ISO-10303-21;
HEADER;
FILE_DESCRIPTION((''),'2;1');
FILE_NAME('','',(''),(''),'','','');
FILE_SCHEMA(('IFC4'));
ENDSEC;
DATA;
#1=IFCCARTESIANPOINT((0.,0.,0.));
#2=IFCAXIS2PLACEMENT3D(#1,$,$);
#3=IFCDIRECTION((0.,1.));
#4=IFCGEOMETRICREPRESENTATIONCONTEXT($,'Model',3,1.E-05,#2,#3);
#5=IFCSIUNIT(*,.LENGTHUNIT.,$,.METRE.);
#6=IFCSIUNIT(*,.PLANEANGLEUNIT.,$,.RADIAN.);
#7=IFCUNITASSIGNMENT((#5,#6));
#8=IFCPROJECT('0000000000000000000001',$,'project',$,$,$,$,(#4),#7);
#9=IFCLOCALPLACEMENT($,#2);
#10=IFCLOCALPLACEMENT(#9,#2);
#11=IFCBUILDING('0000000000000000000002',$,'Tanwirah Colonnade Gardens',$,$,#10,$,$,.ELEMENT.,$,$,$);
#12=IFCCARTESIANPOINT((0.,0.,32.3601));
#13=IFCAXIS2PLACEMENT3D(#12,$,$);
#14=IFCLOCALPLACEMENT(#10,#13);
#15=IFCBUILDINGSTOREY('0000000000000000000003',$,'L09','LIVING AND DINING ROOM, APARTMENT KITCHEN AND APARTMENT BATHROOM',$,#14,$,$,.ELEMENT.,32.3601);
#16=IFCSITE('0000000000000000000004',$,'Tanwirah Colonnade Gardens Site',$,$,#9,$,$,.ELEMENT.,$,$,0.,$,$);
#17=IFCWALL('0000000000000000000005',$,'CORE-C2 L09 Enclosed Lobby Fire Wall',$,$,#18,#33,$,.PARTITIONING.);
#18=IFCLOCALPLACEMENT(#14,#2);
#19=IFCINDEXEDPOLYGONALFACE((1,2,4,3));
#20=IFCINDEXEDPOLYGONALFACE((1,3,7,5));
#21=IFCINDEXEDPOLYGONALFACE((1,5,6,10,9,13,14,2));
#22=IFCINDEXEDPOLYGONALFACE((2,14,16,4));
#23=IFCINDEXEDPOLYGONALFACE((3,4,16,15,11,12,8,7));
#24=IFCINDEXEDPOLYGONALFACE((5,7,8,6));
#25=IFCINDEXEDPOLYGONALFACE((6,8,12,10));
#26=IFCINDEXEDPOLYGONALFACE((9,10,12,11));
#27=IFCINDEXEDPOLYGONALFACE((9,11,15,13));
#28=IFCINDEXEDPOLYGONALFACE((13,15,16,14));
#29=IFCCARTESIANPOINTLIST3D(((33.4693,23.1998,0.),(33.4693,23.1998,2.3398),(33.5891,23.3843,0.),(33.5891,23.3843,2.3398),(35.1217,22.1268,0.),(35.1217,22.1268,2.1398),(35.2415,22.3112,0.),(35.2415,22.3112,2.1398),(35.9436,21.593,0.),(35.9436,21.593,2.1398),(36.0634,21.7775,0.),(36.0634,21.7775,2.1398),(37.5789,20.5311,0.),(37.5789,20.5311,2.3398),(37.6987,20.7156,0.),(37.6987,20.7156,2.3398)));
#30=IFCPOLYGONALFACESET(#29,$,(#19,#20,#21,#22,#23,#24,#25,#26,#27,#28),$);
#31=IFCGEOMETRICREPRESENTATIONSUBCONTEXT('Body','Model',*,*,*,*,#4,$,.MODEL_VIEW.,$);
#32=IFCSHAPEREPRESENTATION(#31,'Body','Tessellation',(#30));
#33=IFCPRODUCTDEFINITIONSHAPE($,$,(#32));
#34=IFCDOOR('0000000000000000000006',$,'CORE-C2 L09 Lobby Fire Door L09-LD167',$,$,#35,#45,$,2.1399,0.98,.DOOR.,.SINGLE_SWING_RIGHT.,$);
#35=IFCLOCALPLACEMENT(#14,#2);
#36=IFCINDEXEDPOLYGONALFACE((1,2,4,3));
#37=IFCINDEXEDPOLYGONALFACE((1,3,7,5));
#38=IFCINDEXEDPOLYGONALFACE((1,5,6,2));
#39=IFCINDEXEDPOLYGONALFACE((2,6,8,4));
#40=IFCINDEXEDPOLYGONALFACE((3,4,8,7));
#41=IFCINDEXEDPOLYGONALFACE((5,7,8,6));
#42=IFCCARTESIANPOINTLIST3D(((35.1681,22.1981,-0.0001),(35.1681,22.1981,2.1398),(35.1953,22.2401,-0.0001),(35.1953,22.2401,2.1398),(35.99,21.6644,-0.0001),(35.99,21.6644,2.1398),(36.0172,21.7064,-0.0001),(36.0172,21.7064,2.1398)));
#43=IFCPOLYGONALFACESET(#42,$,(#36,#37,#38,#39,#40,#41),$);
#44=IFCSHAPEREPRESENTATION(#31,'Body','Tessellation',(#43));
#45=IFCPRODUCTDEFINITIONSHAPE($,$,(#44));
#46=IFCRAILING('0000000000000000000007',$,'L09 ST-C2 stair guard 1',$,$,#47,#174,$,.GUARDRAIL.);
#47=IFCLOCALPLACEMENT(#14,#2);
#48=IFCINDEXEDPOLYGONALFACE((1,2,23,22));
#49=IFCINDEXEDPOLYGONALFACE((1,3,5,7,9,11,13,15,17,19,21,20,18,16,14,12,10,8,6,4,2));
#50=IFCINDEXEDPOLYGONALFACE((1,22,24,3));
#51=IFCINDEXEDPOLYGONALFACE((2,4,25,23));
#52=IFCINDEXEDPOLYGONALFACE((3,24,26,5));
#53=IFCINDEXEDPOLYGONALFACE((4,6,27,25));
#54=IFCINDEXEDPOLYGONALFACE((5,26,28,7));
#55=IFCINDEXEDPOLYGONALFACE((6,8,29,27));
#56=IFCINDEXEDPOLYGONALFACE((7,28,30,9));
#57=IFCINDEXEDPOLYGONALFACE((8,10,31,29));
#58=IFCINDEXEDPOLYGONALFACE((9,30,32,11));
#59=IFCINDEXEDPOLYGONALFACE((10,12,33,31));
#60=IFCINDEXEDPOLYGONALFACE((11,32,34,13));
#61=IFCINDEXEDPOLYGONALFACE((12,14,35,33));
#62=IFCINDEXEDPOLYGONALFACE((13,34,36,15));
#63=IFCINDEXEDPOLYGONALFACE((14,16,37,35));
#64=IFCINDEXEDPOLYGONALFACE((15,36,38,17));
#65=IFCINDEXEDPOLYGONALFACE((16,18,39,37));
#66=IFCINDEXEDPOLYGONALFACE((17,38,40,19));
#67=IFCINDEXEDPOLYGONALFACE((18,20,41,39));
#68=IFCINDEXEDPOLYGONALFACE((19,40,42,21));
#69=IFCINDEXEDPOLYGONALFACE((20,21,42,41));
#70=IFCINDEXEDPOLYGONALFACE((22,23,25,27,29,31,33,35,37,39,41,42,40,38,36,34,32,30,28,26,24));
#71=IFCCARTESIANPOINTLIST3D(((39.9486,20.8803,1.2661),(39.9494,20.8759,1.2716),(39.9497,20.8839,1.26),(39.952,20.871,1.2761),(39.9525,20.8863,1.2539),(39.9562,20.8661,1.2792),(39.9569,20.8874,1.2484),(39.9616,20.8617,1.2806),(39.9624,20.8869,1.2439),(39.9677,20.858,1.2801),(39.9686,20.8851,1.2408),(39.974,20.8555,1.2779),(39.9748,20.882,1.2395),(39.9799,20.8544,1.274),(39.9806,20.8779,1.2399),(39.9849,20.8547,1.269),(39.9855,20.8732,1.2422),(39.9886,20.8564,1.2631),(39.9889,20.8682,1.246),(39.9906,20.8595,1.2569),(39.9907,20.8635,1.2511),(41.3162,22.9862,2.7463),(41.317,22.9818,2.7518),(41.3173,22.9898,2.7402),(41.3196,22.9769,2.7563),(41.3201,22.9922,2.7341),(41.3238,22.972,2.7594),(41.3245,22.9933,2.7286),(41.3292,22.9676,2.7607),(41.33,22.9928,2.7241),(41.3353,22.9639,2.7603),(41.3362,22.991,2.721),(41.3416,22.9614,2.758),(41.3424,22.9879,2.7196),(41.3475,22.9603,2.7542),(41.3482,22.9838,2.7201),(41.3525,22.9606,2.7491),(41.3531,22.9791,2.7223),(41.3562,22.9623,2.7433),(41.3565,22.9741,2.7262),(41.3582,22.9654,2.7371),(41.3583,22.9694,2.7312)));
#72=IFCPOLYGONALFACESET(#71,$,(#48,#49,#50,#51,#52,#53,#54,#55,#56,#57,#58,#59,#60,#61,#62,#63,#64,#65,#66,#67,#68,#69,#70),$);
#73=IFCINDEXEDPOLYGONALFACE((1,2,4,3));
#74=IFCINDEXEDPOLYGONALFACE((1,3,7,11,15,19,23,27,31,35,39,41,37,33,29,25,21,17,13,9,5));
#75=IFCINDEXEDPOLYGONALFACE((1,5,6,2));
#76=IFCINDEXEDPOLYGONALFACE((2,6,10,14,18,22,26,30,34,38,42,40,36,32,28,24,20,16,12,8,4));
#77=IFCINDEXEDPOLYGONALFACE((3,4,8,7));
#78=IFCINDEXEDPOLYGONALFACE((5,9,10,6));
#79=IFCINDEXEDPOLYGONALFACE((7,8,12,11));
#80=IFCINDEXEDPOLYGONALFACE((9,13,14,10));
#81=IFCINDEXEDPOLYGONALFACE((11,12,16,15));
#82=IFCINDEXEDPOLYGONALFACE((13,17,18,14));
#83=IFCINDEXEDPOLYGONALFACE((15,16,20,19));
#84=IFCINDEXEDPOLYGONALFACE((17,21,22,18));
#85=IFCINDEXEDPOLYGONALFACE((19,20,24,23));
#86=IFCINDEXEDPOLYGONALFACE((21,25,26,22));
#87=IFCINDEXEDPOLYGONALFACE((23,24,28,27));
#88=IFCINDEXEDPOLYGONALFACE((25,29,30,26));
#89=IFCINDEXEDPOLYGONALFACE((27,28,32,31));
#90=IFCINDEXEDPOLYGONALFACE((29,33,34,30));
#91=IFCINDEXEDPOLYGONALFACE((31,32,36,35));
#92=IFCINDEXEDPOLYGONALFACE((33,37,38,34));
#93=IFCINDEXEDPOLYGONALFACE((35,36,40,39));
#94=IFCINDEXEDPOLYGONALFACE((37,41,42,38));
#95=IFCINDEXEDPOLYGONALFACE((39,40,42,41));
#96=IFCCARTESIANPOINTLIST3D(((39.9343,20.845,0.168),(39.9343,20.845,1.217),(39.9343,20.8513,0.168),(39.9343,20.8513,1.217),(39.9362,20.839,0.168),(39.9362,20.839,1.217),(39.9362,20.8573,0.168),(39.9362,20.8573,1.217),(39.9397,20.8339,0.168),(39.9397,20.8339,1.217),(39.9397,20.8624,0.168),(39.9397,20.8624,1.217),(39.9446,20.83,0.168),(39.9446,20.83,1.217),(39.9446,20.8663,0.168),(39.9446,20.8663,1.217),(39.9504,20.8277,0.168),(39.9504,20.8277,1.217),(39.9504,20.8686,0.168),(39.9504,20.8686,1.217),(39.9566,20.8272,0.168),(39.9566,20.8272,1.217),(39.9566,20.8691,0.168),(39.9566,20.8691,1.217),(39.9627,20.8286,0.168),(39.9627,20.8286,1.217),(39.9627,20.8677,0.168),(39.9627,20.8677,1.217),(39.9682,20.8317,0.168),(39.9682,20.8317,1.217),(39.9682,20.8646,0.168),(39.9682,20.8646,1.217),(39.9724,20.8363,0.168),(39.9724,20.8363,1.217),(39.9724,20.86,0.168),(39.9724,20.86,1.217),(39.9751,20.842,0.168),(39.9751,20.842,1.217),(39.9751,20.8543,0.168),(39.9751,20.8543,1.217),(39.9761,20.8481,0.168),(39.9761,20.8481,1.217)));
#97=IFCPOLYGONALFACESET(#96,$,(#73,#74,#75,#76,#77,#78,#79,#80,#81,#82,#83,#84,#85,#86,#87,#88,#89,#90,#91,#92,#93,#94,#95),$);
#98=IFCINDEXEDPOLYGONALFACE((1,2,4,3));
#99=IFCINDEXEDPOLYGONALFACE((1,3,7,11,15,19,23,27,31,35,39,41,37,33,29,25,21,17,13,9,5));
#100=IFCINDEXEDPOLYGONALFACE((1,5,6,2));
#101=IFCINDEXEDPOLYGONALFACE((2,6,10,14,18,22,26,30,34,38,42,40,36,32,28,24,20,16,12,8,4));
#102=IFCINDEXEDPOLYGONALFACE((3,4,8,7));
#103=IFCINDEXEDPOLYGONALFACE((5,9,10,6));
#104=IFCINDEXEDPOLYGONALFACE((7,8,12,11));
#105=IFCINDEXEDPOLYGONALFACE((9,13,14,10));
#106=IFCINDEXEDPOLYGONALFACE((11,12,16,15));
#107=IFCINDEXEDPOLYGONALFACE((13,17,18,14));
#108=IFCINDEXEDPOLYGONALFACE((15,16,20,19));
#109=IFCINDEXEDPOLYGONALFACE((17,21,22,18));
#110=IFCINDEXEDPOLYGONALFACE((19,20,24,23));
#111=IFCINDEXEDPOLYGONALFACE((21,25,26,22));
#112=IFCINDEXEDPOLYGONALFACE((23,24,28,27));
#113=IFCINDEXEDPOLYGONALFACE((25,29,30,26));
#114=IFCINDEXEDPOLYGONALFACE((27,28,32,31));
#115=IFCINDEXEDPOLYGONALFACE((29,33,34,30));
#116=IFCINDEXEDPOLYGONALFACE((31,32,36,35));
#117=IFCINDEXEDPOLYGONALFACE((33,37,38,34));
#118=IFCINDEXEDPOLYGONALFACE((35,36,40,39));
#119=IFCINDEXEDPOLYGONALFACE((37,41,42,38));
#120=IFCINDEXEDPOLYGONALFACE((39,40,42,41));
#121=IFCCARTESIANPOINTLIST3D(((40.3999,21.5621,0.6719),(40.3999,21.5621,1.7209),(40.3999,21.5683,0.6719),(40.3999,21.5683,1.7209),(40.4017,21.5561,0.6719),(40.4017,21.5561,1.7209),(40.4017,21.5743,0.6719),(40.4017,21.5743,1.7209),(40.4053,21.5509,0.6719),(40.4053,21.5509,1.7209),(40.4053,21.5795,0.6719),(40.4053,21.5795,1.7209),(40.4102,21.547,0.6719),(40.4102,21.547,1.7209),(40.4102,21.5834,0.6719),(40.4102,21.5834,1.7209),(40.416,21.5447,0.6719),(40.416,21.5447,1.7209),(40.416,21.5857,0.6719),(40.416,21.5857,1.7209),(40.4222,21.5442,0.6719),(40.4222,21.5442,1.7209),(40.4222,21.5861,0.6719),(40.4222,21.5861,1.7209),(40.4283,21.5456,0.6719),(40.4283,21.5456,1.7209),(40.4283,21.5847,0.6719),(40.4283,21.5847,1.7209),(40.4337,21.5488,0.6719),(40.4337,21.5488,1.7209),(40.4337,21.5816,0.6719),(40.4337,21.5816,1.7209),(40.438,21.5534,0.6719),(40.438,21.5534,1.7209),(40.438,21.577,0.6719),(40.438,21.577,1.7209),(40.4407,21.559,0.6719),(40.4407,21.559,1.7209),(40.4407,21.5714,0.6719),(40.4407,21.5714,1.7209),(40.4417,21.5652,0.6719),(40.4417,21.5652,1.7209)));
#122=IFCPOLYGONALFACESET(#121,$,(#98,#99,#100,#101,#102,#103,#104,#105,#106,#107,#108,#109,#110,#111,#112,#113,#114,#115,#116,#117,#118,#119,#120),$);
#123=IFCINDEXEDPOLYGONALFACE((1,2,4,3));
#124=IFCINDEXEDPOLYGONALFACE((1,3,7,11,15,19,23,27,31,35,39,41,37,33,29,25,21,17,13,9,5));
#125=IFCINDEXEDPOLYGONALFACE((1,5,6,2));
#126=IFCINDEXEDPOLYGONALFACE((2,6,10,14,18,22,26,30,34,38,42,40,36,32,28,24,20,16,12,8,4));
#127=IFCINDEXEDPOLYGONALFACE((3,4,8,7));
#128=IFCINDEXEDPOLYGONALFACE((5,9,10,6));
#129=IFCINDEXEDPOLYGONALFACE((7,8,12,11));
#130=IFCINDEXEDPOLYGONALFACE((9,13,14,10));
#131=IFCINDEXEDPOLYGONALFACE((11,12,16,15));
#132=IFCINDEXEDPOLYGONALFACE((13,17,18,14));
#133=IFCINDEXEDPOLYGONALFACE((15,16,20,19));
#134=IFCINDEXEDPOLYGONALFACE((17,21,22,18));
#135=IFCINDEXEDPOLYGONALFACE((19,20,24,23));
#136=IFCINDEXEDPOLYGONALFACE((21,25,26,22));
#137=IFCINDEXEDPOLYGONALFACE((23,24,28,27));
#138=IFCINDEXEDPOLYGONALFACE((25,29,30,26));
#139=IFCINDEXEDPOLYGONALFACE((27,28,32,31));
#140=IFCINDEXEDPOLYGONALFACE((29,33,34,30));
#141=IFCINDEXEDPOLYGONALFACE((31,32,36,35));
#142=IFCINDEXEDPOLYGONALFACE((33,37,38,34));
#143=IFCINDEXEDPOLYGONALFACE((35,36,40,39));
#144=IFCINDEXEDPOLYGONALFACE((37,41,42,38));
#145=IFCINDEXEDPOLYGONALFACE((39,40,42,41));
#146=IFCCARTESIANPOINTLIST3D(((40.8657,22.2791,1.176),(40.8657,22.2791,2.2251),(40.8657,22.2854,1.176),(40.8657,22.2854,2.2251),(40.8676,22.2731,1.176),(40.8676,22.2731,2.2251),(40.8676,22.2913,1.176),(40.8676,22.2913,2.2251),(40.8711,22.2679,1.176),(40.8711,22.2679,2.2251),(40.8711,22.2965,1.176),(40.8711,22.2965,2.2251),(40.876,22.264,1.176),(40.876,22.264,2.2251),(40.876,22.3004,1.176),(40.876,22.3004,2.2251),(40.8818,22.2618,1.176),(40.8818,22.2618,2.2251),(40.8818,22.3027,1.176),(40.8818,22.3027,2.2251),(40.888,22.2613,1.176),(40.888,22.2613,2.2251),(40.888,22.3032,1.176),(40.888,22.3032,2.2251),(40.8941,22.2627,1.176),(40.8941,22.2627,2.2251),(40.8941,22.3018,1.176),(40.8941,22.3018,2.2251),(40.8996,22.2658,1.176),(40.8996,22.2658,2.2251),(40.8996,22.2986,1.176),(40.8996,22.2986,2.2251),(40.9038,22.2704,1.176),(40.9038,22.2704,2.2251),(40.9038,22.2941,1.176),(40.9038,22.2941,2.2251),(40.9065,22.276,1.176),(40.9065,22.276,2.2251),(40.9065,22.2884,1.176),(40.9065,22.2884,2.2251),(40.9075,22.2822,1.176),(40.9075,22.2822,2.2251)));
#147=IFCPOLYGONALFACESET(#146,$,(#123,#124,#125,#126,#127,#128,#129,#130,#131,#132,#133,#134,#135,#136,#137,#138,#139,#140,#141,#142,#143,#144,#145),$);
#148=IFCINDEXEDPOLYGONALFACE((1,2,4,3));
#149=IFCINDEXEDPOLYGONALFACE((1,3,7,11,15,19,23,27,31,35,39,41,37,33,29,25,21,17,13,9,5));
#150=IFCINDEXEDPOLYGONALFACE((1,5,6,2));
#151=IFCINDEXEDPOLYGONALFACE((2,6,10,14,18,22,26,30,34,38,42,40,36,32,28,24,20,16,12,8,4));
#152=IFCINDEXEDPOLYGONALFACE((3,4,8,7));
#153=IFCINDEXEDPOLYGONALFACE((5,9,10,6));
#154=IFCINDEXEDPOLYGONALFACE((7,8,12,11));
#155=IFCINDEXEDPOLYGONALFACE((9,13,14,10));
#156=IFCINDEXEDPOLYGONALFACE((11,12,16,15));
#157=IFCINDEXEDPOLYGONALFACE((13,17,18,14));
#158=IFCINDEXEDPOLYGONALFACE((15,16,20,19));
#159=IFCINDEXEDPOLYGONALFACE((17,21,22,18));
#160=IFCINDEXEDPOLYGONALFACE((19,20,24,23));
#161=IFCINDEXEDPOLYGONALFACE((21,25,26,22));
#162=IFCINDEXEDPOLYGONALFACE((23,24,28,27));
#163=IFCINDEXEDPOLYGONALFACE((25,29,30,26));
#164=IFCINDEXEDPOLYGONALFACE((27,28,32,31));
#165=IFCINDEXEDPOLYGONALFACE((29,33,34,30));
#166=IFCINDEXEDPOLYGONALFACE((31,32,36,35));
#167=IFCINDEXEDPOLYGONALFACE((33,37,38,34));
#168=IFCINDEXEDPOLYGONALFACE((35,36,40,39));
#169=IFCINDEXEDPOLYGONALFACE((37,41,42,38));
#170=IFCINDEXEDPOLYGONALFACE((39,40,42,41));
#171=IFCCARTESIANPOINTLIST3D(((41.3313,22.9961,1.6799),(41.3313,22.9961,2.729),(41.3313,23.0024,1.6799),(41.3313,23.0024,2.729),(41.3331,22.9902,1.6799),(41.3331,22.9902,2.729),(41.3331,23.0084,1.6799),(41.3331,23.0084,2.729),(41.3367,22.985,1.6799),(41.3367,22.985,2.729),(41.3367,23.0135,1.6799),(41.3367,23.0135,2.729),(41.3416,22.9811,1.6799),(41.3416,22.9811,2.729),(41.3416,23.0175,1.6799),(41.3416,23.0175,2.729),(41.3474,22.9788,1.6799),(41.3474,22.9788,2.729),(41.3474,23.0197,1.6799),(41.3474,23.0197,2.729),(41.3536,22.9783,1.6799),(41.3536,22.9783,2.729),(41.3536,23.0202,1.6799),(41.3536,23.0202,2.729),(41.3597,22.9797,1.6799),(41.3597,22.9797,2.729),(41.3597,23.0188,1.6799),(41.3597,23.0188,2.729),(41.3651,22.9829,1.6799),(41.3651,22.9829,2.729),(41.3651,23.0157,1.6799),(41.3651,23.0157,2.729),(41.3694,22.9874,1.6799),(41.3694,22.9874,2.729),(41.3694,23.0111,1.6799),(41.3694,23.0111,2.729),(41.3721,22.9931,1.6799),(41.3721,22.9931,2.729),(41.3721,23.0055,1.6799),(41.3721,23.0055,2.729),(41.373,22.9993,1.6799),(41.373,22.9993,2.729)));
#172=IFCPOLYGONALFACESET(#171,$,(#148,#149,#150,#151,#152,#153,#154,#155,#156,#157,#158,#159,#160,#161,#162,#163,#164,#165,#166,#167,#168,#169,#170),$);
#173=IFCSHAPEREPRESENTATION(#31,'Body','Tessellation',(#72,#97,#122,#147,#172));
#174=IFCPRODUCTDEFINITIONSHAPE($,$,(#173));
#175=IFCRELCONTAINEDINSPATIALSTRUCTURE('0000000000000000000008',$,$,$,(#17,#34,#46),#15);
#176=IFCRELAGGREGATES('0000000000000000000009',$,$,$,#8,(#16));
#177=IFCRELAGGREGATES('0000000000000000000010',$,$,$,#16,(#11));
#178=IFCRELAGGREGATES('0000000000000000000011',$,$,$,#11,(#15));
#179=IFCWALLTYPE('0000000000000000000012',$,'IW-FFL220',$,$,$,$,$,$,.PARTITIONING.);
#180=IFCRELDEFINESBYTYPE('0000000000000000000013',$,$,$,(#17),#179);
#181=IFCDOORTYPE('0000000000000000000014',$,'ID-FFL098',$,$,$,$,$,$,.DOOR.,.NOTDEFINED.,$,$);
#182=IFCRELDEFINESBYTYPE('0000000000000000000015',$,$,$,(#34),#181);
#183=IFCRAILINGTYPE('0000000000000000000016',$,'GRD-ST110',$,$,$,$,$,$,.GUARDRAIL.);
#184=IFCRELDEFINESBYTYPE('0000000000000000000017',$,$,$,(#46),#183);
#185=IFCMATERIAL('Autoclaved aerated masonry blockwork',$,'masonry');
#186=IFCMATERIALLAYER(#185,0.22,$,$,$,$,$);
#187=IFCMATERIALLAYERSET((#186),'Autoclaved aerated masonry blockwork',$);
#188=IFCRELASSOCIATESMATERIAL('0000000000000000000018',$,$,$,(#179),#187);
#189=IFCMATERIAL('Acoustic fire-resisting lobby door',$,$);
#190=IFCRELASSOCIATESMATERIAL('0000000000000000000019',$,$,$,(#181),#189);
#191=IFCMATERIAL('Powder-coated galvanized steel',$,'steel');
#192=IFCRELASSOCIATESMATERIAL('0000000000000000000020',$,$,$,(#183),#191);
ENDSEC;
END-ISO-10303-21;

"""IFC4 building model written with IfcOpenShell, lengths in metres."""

from ifc_helpers import new_model, si_unit, direction, frame, frame_2d, origin, origin_2d, place, context, subcontext, project, spatial, rectangle, circle, extrude, material, layer, layer_set, type_object, element, fill, save


model = new_model("IFC4")

# Units and contexts
model_context = context("Model", 3, precision=1e-05, world=origin(), true_north=direction((0.0, 1.0)))
body_context = subcontext(model_context, "Body", "Model", "MODEL_VIEW")
ifc_project = project(units=[si_unit("LENGTHUNIT", "METRE"), si_unit("PLANEANGLEUNIT", "RADIAN")], contexts=[model_context])

# Site, building, storey
site_placement = place(None, origin())
site = spatial("IfcSite", under=ifc_project, at=site_placement, Name="Tanwirah Colonnade Gardens Site", CompositionType="ELEMENT", RefElevation=0.0)
building_placement = place(site_placement, origin())
building = spatial("IfcBuilding", under=site, at=building_placement, Name="Tanwirah Colonnade Gardens", CompositionType="ELEMENT")
storey_placement = place(building_placement, frame((0.0, 0.0, 32.3601)))
storey = spatial("IfcBuildingStorey", under=building, at=storey_placement, Name="L09", Description="LIVING AND DINING ROOM, APARTMENT KITCHEN AND APARTMENT BATHROOM", CompositionType="ELEMENT", Elevation=32.3601)

# Wall, opening, door
ifc_material_1 = material(Name="Autoclaved aerated masonry blockwork", Category="masonry")
ifc_layer_1 = layer(ifc_material_1, 0.22)
ifc_layer_set_1 = layer_set([ifc_layer_1], Name="Autoclaved aerated masonry blockwork")
wall_type_1 = type_object("IfcWallType", Name="IW-FFL220", PredefinedType="PARTITIONING", material=ifc_layer_set_1)
wall_1_placement = place(storey_placement, frame((37.6389, 20.6233, 0.0), z_axis=(0.0, 0.0, 1.0), x_axis=(-0.838681, 0.544622, 0.0)))
wall_1 = element("IfcWall", 1, at=wall_1_placement, inside=storey, type_object=wall_type_1, Name="CORE-C2 L09 Enclosed Lobby Fire Wall", PredefinedType="PARTITIONING", context=body_context, shape_type="SweptSolid", body=[
    extrude(rectangle(XDim=4.9001, YDim=0.22, at=frame_2d((2.4502, 0.0))), origin(), (0.0, 0.0, 1.0), 2.3398),
])
opening_1_placement = place(wall_1_placement, frame((1.95, 0.0, 0.0)))
opening_1 = element("IfcOpeningElement", 2, at=opening_1_placement, cuts=wall_1, PredefinedType="OPENING", context=body_context, shape_type="SweptSolid", body=[
    extrude(rectangle(XDim=0.98, YDim=2.1399, at=frame_2d((0.49, 1.0698))), frame((0.0, 0.1199, 0.0), z_axis=(0.0, -1.0, 0.0), x_axis=(1.0, 0.0, 0.0)), (0.0, 0.0, 1.0), 0.24),
])
ifc_material_2 = material(Name="Acoustic fire-resisting lobby door")
door_type_1 = type_object("IfcDoorType", Name="ID-FFL098", OperationType="NOTDEFINED", PredefinedType="DOOR", material=ifc_material_2)
door_1_placement = place(opening_1_placement, origin())
door_1 = element("IfcDoor", 3, at=door_1_placement, inside=storey, type_object=door_type_1, Name="CORE-C2 L09 Lobby Fire Door L09-LD167", OperationType="SINGLE_SWING_RIGHT", OverallHeight=2.1399, OverallWidth=0.98, PredefinedType="DOOR", context=body_context, shape_type="SweptSolid", body=[
    extrude(rectangle(XDim=0.98, YDim=2.1399, at=frame_2d((0.49, 1.0698))), frame((0.0, 0.0249, 0.0), z_axis=(0.0, -1.0, 0.0), x_axis=(1.0, 0.0, 0.0)), (0.0, 0.0, 1.0), 0.05),
])
fill(opening_1, door_1)

# Railing
ifc_material_3 = material(Name="Powder-coated galvanized steel", Category="steel")
railing_type = type_object("IfcRailingType", Name="GRD-ST110", PredefinedType="GUARDRAIL", material=ifc_material_3)
railing_1_placement = place(storey_placement, frame((39.9551, 20.8481, 0.168)))
element("IfcRailing", 4, at=railing_1_placement, inside=storey, type_object=railing_type, Name="L09 ST-C2 stair guard 1", PredefinedType="GUARDRAIL", context=body_context, shape_type="SweptSolid", body=[
    extrude(circle(Radius=0.0239, at=origin_2d()), frame((0.0146, 0.0227, 1.092), z_axis=(0.469193, 0.722484, 0.507814), x_axis=(-0.838668, 0.544644, 0.0)), (0.0, 0.0, 1.0), 2.9148),
    extrude(circle(Radius=0.021, at=origin_2d()), origin(), (0.0, 0.0, 1.0), 1.0491),
    extrude(circle(Radius=0.021, at=origin_2d()), frame((0.4656, 0.717, 0.5039)), (0.0, 0.0, 1.0), 1.0491),
    extrude(circle(Radius=0.021, at=origin_2d()), frame((0.9314, 1.4341, 1.0081)), (0.0, 0.0, 1.0), 1.0491),
    extrude(circle(Radius=0.021, at=origin_2d()), frame((1.397, 2.1511, 1.512)), (0.0, 0.0, 1.0), 1.0491),
])

save(model, "model.ifc")
